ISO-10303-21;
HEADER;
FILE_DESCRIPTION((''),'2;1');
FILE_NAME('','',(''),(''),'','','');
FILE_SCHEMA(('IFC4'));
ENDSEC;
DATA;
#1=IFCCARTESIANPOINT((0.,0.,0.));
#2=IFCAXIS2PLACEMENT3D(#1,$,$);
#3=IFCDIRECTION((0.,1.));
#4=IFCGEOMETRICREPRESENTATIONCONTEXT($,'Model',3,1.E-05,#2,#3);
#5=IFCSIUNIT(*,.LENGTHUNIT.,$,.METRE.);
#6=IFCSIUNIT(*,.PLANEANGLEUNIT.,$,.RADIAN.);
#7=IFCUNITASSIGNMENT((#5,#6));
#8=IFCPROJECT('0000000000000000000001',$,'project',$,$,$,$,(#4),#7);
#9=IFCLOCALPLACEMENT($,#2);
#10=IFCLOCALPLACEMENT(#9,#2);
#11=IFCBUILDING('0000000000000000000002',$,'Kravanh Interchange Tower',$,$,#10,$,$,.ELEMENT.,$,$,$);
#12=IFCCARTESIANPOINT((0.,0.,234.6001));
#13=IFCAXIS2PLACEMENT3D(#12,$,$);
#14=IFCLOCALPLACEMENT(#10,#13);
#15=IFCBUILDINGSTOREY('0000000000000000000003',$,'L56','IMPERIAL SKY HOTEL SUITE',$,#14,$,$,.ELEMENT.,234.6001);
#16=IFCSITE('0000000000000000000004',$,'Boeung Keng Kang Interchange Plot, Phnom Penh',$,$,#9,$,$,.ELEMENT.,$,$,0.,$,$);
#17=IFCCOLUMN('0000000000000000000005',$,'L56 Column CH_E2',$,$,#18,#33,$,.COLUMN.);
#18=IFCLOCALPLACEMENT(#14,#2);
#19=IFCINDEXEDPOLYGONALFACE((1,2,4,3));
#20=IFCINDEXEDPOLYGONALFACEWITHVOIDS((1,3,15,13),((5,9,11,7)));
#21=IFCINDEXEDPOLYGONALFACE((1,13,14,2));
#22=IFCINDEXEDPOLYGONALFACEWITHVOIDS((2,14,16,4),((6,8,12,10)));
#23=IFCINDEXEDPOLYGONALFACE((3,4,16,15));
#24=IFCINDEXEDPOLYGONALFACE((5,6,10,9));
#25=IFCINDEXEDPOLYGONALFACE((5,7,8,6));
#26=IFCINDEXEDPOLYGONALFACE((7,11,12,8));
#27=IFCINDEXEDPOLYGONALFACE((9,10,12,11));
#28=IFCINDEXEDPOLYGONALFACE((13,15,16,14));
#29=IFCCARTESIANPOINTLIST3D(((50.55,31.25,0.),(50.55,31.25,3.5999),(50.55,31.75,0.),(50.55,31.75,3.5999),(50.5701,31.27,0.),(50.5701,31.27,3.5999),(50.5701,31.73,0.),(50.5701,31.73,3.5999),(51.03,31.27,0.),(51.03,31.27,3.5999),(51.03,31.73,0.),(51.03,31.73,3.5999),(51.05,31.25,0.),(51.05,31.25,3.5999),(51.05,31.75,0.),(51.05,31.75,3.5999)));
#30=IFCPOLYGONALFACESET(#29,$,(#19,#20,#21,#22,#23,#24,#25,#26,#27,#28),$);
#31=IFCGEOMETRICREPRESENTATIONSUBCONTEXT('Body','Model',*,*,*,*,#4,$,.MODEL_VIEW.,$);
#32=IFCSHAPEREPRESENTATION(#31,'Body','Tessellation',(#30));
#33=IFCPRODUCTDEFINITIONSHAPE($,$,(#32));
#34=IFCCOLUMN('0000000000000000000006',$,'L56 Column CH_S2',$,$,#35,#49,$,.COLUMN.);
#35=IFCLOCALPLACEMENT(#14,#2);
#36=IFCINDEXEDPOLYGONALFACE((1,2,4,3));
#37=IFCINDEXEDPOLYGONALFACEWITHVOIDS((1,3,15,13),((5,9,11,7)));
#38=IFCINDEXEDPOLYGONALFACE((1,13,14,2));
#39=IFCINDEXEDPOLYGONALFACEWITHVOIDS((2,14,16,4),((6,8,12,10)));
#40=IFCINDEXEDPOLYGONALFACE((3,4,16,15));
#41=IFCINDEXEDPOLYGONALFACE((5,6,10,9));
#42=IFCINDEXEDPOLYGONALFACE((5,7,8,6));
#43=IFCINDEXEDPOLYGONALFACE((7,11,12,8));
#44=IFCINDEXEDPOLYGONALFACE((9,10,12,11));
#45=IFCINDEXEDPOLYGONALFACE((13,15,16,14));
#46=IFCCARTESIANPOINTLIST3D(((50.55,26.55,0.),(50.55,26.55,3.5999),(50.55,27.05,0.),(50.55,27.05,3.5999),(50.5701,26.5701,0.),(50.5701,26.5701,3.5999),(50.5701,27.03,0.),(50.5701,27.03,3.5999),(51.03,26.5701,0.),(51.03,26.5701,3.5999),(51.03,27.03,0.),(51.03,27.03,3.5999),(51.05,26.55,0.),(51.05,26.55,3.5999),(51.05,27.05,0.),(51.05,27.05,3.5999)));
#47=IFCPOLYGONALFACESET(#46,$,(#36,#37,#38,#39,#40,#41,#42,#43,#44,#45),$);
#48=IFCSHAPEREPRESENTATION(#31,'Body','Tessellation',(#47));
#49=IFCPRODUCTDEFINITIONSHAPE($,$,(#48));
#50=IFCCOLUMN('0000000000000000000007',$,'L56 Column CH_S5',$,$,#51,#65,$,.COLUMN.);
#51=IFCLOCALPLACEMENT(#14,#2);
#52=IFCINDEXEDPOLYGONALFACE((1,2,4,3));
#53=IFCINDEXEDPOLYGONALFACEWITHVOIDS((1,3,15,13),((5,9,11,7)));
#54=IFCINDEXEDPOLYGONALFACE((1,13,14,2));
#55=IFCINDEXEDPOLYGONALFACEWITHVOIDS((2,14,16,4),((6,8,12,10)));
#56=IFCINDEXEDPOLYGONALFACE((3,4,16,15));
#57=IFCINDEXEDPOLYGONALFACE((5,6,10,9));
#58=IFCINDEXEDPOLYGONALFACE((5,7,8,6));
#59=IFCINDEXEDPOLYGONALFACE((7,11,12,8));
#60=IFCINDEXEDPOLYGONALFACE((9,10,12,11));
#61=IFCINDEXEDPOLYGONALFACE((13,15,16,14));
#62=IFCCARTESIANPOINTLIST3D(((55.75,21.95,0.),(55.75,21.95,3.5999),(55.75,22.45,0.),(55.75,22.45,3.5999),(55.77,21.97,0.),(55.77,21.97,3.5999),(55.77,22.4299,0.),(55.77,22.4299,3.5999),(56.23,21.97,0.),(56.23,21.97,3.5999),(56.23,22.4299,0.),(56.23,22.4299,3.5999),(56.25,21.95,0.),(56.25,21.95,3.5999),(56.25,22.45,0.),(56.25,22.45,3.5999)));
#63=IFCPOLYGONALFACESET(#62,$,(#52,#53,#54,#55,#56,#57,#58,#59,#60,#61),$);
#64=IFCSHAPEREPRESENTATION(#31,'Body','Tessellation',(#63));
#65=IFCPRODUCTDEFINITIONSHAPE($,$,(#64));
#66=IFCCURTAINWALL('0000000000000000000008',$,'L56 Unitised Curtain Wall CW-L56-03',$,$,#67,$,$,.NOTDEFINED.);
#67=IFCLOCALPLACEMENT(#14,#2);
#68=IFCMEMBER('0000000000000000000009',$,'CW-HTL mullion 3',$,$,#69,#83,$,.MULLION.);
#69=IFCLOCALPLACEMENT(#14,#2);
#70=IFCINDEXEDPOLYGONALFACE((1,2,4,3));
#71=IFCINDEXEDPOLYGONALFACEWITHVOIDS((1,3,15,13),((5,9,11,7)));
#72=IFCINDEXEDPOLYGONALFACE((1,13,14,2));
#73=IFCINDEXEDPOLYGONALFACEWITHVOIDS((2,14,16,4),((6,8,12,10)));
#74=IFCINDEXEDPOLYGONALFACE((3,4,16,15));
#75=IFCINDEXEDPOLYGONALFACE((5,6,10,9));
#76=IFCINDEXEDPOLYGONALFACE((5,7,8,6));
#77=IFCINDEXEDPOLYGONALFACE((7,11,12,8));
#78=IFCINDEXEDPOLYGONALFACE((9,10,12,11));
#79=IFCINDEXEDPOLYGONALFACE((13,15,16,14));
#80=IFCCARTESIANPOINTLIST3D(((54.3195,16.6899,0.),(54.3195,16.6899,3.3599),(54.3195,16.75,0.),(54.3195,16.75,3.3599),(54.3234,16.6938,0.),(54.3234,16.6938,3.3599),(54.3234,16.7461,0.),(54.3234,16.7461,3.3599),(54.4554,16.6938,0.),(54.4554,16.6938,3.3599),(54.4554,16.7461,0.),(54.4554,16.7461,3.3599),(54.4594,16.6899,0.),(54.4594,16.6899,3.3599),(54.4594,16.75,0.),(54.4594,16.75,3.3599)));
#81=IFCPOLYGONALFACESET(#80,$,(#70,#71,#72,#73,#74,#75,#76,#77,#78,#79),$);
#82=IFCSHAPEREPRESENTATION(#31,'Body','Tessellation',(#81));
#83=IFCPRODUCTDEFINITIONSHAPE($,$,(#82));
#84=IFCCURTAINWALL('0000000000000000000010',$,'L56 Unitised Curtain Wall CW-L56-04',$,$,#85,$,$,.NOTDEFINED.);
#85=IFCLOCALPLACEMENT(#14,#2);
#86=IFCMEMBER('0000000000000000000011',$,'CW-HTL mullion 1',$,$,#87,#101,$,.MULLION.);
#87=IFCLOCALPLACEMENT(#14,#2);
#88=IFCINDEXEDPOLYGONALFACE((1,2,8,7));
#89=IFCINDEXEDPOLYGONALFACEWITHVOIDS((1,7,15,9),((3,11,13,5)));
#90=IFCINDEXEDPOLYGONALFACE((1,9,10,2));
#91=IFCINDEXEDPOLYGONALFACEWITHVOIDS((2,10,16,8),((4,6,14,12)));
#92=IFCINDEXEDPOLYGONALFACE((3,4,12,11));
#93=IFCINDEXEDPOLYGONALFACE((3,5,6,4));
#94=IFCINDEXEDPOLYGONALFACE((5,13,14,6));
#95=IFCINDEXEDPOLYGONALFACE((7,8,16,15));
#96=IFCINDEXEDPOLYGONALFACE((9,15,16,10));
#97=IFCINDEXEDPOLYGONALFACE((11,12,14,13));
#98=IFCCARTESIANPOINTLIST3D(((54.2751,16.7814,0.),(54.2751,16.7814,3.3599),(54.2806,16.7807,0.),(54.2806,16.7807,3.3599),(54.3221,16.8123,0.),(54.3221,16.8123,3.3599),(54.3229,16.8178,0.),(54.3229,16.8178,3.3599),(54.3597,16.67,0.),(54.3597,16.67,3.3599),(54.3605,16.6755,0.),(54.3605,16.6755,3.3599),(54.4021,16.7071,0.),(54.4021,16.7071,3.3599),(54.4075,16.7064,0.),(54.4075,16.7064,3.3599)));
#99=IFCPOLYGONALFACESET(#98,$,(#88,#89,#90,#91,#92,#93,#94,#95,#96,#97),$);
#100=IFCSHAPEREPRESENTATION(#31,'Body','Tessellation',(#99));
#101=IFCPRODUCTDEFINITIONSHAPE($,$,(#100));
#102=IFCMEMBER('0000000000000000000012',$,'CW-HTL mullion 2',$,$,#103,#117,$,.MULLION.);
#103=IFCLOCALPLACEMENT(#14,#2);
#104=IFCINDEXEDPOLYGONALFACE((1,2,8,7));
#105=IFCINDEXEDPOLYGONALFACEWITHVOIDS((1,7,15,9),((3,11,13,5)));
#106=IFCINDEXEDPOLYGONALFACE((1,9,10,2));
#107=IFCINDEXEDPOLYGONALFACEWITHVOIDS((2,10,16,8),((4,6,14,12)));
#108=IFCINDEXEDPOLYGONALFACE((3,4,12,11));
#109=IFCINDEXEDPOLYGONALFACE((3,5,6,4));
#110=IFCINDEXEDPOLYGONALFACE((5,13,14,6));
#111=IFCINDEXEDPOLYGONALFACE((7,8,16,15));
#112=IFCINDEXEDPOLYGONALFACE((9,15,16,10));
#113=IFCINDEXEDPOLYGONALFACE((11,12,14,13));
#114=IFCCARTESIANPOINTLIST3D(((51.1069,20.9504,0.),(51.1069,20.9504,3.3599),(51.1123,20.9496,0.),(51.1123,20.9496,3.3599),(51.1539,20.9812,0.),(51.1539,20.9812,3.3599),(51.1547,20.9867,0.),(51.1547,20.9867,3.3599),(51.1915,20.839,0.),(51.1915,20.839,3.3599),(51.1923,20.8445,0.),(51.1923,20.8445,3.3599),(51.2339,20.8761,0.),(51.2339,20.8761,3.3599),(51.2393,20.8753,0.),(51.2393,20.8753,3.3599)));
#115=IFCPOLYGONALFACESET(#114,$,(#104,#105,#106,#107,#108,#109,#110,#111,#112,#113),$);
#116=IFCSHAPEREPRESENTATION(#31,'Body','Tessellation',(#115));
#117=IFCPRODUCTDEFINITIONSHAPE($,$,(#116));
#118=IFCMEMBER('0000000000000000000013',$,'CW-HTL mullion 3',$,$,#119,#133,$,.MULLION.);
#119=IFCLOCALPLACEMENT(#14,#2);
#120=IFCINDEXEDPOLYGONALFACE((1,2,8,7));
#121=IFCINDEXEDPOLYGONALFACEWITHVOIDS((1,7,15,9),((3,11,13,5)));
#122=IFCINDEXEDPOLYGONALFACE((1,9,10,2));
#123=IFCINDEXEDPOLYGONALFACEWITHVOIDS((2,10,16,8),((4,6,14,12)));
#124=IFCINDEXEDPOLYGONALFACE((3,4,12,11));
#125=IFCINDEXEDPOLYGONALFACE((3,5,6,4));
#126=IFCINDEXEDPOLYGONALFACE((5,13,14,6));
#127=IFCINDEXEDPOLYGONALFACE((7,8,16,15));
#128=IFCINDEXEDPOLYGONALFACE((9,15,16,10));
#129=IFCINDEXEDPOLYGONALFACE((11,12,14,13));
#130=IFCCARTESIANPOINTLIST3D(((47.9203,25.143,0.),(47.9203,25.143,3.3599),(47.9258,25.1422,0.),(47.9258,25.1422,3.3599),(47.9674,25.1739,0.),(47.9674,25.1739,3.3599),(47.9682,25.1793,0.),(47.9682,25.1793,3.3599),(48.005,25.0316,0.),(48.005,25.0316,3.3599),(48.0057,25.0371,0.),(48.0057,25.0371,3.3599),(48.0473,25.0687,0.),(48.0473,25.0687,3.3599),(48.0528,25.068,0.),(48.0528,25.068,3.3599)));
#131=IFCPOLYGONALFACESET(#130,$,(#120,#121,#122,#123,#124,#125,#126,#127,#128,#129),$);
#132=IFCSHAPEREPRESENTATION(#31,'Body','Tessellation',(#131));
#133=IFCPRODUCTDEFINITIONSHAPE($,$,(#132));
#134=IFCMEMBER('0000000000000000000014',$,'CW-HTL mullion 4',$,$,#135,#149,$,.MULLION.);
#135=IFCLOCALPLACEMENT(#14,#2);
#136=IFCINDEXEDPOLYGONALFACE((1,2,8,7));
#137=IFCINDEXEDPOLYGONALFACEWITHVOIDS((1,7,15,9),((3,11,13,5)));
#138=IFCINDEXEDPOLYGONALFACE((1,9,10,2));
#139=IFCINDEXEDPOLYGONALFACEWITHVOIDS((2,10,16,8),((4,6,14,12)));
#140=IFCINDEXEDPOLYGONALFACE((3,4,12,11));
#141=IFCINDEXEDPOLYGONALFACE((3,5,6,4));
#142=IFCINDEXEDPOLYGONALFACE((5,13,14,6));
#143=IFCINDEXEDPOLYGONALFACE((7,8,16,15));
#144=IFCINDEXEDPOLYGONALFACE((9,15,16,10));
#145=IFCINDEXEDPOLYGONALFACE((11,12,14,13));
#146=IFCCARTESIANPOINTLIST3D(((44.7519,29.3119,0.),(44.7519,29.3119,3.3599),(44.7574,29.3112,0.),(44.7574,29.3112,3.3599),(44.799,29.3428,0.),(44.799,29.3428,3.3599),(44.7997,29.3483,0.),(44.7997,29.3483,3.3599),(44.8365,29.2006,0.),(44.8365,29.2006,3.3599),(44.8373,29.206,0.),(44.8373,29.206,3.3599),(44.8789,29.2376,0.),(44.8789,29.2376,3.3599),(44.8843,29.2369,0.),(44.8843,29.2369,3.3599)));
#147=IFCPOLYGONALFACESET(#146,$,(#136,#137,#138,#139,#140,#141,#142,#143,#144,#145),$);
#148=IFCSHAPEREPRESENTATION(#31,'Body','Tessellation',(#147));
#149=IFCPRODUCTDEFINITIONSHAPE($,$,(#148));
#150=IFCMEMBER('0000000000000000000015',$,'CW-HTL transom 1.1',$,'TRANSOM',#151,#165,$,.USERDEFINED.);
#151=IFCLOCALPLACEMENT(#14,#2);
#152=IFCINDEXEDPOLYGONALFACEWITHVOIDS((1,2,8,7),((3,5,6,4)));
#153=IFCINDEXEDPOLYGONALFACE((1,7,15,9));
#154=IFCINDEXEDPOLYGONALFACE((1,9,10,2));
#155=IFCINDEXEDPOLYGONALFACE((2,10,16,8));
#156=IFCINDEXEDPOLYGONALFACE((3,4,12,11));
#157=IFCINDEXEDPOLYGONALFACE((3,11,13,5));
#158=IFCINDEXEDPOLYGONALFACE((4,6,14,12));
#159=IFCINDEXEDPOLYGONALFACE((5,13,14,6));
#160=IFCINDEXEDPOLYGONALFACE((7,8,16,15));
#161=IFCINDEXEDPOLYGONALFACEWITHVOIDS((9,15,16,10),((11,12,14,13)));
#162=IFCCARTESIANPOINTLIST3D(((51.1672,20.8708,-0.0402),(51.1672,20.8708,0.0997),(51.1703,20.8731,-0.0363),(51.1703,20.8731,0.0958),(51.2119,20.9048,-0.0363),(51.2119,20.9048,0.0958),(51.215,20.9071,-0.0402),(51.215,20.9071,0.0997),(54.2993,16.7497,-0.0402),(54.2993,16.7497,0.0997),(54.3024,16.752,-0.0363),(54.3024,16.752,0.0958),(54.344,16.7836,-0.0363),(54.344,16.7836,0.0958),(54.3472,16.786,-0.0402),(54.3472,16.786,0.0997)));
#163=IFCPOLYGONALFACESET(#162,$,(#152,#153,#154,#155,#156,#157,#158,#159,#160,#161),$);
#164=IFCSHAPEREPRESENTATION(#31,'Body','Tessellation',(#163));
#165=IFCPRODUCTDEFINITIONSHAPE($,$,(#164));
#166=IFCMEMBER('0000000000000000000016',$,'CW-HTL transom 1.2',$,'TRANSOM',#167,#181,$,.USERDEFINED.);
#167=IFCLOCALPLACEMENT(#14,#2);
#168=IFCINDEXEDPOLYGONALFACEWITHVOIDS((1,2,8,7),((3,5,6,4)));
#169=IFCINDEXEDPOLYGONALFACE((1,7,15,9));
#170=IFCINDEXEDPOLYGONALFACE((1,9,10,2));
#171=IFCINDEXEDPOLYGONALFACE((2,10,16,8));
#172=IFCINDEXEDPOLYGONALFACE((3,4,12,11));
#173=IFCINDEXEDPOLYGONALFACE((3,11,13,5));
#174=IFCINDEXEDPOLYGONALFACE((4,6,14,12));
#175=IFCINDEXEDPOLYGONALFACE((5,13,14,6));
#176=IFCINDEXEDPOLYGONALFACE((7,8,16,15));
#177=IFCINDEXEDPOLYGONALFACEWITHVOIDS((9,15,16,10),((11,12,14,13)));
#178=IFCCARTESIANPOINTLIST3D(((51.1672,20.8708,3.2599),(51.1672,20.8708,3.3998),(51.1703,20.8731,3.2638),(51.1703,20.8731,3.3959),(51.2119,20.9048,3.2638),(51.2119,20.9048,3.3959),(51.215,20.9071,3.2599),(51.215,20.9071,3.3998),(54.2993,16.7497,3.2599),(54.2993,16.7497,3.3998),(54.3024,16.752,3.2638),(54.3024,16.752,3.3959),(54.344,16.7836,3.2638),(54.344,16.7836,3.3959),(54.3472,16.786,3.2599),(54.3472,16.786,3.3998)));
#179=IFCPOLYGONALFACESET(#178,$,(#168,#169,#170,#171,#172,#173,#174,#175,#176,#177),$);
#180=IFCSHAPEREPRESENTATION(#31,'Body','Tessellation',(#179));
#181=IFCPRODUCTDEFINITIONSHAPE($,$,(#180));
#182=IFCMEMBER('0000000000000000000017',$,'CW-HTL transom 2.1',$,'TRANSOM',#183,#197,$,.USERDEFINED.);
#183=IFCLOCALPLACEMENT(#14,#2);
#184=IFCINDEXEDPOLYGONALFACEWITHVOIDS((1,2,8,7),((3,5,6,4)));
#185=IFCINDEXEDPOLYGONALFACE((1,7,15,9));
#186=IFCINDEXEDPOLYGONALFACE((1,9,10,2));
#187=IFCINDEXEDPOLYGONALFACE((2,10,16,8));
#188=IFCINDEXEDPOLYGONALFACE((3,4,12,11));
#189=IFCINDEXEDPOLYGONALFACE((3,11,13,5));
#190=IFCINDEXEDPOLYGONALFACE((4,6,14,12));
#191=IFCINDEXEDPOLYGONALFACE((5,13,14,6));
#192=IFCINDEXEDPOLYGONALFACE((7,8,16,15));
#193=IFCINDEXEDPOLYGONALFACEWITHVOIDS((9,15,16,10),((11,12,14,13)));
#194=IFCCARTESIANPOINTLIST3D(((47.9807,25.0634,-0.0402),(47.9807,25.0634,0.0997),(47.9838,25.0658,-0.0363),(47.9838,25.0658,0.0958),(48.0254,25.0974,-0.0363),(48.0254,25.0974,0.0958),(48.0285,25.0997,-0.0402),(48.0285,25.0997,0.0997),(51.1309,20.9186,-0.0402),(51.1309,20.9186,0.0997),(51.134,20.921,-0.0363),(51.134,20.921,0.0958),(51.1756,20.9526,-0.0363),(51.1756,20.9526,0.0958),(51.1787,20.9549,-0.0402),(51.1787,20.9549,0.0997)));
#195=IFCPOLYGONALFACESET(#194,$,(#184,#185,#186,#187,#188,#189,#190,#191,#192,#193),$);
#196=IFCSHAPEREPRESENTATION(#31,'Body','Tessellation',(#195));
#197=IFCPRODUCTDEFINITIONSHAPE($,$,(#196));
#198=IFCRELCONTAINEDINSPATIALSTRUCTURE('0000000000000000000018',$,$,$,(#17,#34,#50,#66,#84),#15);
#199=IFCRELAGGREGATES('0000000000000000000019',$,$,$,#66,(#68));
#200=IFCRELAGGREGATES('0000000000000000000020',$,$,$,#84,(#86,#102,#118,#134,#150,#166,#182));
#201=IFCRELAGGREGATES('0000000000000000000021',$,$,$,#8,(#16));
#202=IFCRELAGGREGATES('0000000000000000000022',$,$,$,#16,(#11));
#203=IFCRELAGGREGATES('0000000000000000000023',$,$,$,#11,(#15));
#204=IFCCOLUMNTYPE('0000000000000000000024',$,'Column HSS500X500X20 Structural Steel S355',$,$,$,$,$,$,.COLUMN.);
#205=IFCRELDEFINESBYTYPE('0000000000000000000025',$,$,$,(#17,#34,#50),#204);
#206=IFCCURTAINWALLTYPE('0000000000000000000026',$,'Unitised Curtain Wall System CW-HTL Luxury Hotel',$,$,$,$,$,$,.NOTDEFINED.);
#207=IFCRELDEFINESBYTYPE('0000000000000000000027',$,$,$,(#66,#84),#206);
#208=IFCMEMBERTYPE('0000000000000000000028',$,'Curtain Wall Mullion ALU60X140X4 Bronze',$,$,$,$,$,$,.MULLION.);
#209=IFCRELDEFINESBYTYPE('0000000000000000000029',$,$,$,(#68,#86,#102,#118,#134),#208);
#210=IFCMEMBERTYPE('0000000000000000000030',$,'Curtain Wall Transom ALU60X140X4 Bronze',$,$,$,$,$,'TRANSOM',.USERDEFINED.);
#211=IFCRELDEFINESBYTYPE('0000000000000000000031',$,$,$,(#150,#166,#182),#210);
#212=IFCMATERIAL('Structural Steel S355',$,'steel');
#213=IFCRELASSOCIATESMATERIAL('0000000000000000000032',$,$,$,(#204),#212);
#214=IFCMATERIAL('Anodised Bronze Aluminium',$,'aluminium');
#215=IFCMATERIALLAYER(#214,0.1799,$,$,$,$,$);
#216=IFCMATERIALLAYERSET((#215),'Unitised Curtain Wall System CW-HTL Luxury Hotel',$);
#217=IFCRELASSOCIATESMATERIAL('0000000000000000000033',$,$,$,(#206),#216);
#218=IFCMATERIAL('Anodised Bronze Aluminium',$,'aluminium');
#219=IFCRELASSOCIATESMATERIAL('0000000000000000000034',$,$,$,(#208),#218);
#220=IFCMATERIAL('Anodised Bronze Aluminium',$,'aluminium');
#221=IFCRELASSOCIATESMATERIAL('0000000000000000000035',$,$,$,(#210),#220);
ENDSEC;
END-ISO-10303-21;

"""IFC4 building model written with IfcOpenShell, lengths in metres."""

from ifc_helpers import new_model, si_unit, direction, frame, origin, origin_2d, place, context, subcontext, project, spatial, hollow_rectangle, extrude, material, layer, layer_set, material_profile, profile_set, type_object, element, aggregate, save


model = new_model("IFC4")

# Units and contexts
model_context = context("Model", 3, precision=1e-05, world=origin(), true_north=direction((0.0, 1.0)))
body_context = subcontext(model_context, "Body", "Model", "MODEL_VIEW")
ifc_project = project(units=[si_unit("LENGTHUNIT", "METRE"), si_unit("PLANEANGLEUNIT", "RADIAN")], contexts=[model_context])

# Site, building, storey
site_placement = place(None, origin())
site = spatial("IfcSite", under=ifc_project, at=site_placement, Name="Boeung Keng Kang Interchange Plot, Phnom Penh", CompositionType="ELEMENT", RefElevation=0.0)
building_placement = place(site_placement, origin())
building = spatial("IfcBuilding", under=site, at=building_placement, Name="Kravanh Interchange Tower", CompositionType="ELEMENT")
storey_placement = place(building_placement, frame((0.0, 0.0, 234.6001)))
storey = spatial("IfcBuildingStorey", under=building, at=storey_placement, Name="L56", Description="IMPERIAL SKY HOTEL SUITE", CompositionType="ELEMENT", Elevation=234.6001)

# Columns
ifc_material_1 = material(Name="Structural Steel S355", Category="steel")
ifc_material_profile_1 = material_profile(ifc_material_1, hollow_rectangle(XDim=0.5, YDim=0.5, WallThickness=0.02, at=origin_2d()), Name="HSS500X500X20")
ifc_profile_set_1 = profile_set([ifc_material_profile_1], Name="Structural Steel S355")
column_type = type_object("IfcColumnType", Name="Column HSS500X500X20 Structural Steel S355", PredefinedType="COLUMN", material=ifc_profile_set_1)
for number, where, z_axis, x_axis, name in (
    (1, (50.8, 31.5, 0.0), (0.0, 0.0, 1.0), (1.0, 0.0, 0.0), "L56 Column CH_E2"),
    (2, (50.8, 26.8, 0.0), (0.0, 0.0, 1.0), (1.0, 0.0, 0.0), "L56 Column CH_S2"),
    (3, (56.0, 22.2, 0.0), (0.0, 0.0, 1.0), (1.0, 0.0, 0.0), "L56 Column CH_S5"),
):
    element("IfcColumn", number, at=place(storey_placement, frame(where, z_axis=z_axis, x_axis=x_axis)), inside=storey, type_object=column_type, Name=name, PredefinedType="COLUMN", context=body_context, shape_type="SweptSolid", body=[
        extrude(hollow_rectangle(XDim=0.5, YDim=0.5, WallThickness=0.02, at=origin_2d()), origin(), (0.0, 0.0, 1.0), 3.5999),
    ])

# Curtain wall, member
ifc_material_2 = material(Name="Anodised Bronze Aluminium", Category="aluminium")
ifc_layer_1 = layer(ifc_material_2, 0.1799)
ifc_layer_set_1 = layer_set([ifc_layer_1], Name="Unitised Curtain Wall System CW-HTL Luxury Hotel")
curtain_wall_type = type_object("IfcCurtainWallType", Name="Unitised Curtain Wall System CW-HTL Luxury Hotel", PredefinedType="NOTDEFINED", material=ifc_layer_set_1)
curtain_wall_1_placement = place(storey_placement, origin())
curtain_wall_1 = element("IfcCurtainWall", 4, at=curtain_wall_1_placement, inside=storey, type_object=curtain_wall_type, Name="L56 Unitised Curtain Wall CW-L56-03", PredefinedType="NOTDEFINED")
ifc_material_3 = material(Name="Anodised Bronze Aluminium", Category="aluminium")
ifc_material_profile_2 = material_profile(ifc_material_3, hollow_rectangle(XDim=0.0601, YDim=0.1399, WallThickness=0.0039, at=origin_2d()), Name="ALU60X140X4")
ifc_profile_set_2 = profile_set([ifc_material_profile_2], Name="Anodised Bronze Aluminium")
member_type_1 = type_object("IfcMemberType", Name="Curtain Wall Mullion ALU60X140X4 Bronze", PredefinedType="MULLION", material=ifc_profile_set_2)
member_1_placement = place(storey_placement, frame((54.3894, 16.72, 0.0), z_axis=(0.0, 0.0, 1.0), x_axis=(0.0, -1.0, 0.0)))
member_1 = element("IfcMember", 5, at=member_1_placement, type_object=member_type_1, Name="CW-HTL mullion 3", PredefinedType="MULLION", context=body_context, shape_type="SweptSolid", body=[
    extrude(hollow_rectangle(XDim=0.0601, YDim=0.1399, WallThickness=0.0039, at=origin_2d()), origin(), (0.0, 0.0, 1.0), 3.3599),
])
aggregate(curtain_wall_1, [member_1])

# Curtain wall, members
curtain_wall_2_placement = place(storey_placement, origin())
curtain_wall_2 = element("IfcCurtainWall", 6, at=curtain_wall_2_placement, inside=storey, type_object=curtain_wall_type, Name="L56 Unitised Curtain Wall CW-L56-04", PredefinedType="NOTDEFINED")
member_2_placement = place(storey_placement, frame((54.3413, 16.7439, 0.0), z_axis=(0.0, 0.0, 1.0), x_axis=(-0.796162, -0.605083, 0.0)))
member_2 = element("IfcMember", 7, at=member_2_placement, type_object=member_type_1, Name="CW-HTL mullion 1", PredefinedType="MULLION", context=body_context, shape_type="SweptSolid", body=[
    extrude(hollow_rectangle(XDim=0.0601, YDim=0.1399, WallThickness=0.0039, at=origin_2d()), origin(), (0.0, 0.0, 1.0), 3.3599),
])
member_3_placement = place(storey_placement, frame((51.1731, 20.9128, 0.0), z_axis=(0.0, 0.0, 1.0), x_axis=(-0.796162, -0.605083, 0.0)))
member_3 = element("IfcMember", 8, at=member_3_placement, type_object=member_type_1, Name="CW-HTL mullion 2", PredefinedType="MULLION", context=body_context, shape_type="SweptSolid", body=[
    extrude(hollow_rectangle(XDim=0.0601, YDim=0.1399, WallThickness=0.0039, at=origin_2d()), origin(), (0.0, 0.0, 1.0), 3.3599),
])
member_4_placement = place(storey_placement, frame((47.9866, 25.1055, 0.0), z_axis=(0.0, 0.0, 1.0), x_axis=(-0.796162, -0.605083, 0.0)))
member_4 = element("IfcMember", 9, at=member_4_placement, type_object=member_type_1, Name="CW-HTL mullion 3", PredefinedType="MULLION", context=body_context, shape_type="SweptSolid", body=[
    extrude(hollow_rectangle(XDim=0.0601, YDim=0.1399, WallThickness=0.0039, at=origin_2d()), origin(), (0.0, 0.0, 1.0), 3.3599),
])
member_5_placement = place(storey_placement, frame((44.8181, 29.2744, 0.0), z_axis=(0.0, 0.0, 1.0), x_axis=(-0.796162, -0.605083, 0.0)))
member_5 = element("IfcMember", 10, at=member_5_placement, type_object=member_type_1, Name="CW-HTL mullion 4", PredefinedType="MULLION", context=body_context, shape_type="SweptSolid", body=[
    extrude(hollow_rectangle(XDim=0.0601, YDim=0.1399, WallThickness=0.0039, at=origin_2d()), origin(), (0.0, 0.0, 1.0), 3.3599),
])
ifc_material_4 = material(Name="Anodised Bronze Aluminium", Category="aluminium")
ifc_material_profile_3 = material_profile(ifc_material_4, hollow_rectangle(XDim=0.0601, YDim=0.1399, WallThickness=0.0039, at=origin_2d()), Name="ALU60X140X4")
ifc_profile_set_3 = profile_set([ifc_material_profile_3], Name="Anodised Bronze Aluminium")
member_type_2 = type_object("IfcMemberType", Name="Curtain Wall Transom ALU60X140X4 Bronze", ElementType="TRANSOM", PredefinedType="USERDEFINED", material=ifc_profile_set_3)
member_6_placement = place(storey_placement, frame((54.3232, 16.7678, 0.0298), z_axis=(-0.605089, 0.796158, 0.0), x_axis=(-0.796158, -0.605089, 0.0)))
member_6 = element("IfcMember", 11, at=member_6_placement, type_object=member_type_2, Name="CW-HTL transom 1.1", ObjectType="TRANSOM", PredefinedType="USERDEFINED", context=body_context, shape_type="SweptSolid", body=[
    extrude(hollow_rectangle(XDim=0.0601, YDim=0.1399, WallThickness=0.0039, at=origin_2d()), origin(), (0.0, 0.0, 1.0), 5.1763),
])
member_7_placement = place(storey_placement, frame((54.3232, 16.7678, 3.3298), z_axis=(-0.605089, 0.796158, 0.0), x_axis=(-0.796158, -0.605089, 0.0)))
member_7 = element("IfcMember", 12, at=member_7_placement, type_object=member_type_2, Name="CW-HTL transom 1.2", ObjectType="TRANSOM", PredefinedType="USERDEFINED", context=body_context, shape_type="SweptSolid", body=[
    extrude(hollow_rectangle(XDim=0.0601, YDim=0.1399, WallThickness=0.0039, at=origin_2d()), origin(), (0.0, 0.0, 1.0), 5.1763),
])
member_8_placement = place(storey_placement, frame((51.1548, 20.9368, 0.0298), z_axis=(-0.605098, 0.796151, 0.0), x_axis=(-0.796151, -0.605098, 0.0)))
member_8 = element("IfcMember", 13, at=member_8_placement, type_object=member_type_2, Name="CW-HTL transom 2.1", ObjectType="TRANSOM", PredefinedType="USERDEFINED", context=body_context, shape_type="SweptSolid", body=[
    extrude(hollow_rectangle(XDim=0.0601, YDim=0.1399, WallThickness=0.0039, at=origin_2d()), origin(), (0.0, 0.0, 1.0), 5.2061),
])

aggregate(curtain_wall_2, [member_2, member_3, member_4, member_5, member_6, member_7, member_8])

save(model, "model.ifc")
